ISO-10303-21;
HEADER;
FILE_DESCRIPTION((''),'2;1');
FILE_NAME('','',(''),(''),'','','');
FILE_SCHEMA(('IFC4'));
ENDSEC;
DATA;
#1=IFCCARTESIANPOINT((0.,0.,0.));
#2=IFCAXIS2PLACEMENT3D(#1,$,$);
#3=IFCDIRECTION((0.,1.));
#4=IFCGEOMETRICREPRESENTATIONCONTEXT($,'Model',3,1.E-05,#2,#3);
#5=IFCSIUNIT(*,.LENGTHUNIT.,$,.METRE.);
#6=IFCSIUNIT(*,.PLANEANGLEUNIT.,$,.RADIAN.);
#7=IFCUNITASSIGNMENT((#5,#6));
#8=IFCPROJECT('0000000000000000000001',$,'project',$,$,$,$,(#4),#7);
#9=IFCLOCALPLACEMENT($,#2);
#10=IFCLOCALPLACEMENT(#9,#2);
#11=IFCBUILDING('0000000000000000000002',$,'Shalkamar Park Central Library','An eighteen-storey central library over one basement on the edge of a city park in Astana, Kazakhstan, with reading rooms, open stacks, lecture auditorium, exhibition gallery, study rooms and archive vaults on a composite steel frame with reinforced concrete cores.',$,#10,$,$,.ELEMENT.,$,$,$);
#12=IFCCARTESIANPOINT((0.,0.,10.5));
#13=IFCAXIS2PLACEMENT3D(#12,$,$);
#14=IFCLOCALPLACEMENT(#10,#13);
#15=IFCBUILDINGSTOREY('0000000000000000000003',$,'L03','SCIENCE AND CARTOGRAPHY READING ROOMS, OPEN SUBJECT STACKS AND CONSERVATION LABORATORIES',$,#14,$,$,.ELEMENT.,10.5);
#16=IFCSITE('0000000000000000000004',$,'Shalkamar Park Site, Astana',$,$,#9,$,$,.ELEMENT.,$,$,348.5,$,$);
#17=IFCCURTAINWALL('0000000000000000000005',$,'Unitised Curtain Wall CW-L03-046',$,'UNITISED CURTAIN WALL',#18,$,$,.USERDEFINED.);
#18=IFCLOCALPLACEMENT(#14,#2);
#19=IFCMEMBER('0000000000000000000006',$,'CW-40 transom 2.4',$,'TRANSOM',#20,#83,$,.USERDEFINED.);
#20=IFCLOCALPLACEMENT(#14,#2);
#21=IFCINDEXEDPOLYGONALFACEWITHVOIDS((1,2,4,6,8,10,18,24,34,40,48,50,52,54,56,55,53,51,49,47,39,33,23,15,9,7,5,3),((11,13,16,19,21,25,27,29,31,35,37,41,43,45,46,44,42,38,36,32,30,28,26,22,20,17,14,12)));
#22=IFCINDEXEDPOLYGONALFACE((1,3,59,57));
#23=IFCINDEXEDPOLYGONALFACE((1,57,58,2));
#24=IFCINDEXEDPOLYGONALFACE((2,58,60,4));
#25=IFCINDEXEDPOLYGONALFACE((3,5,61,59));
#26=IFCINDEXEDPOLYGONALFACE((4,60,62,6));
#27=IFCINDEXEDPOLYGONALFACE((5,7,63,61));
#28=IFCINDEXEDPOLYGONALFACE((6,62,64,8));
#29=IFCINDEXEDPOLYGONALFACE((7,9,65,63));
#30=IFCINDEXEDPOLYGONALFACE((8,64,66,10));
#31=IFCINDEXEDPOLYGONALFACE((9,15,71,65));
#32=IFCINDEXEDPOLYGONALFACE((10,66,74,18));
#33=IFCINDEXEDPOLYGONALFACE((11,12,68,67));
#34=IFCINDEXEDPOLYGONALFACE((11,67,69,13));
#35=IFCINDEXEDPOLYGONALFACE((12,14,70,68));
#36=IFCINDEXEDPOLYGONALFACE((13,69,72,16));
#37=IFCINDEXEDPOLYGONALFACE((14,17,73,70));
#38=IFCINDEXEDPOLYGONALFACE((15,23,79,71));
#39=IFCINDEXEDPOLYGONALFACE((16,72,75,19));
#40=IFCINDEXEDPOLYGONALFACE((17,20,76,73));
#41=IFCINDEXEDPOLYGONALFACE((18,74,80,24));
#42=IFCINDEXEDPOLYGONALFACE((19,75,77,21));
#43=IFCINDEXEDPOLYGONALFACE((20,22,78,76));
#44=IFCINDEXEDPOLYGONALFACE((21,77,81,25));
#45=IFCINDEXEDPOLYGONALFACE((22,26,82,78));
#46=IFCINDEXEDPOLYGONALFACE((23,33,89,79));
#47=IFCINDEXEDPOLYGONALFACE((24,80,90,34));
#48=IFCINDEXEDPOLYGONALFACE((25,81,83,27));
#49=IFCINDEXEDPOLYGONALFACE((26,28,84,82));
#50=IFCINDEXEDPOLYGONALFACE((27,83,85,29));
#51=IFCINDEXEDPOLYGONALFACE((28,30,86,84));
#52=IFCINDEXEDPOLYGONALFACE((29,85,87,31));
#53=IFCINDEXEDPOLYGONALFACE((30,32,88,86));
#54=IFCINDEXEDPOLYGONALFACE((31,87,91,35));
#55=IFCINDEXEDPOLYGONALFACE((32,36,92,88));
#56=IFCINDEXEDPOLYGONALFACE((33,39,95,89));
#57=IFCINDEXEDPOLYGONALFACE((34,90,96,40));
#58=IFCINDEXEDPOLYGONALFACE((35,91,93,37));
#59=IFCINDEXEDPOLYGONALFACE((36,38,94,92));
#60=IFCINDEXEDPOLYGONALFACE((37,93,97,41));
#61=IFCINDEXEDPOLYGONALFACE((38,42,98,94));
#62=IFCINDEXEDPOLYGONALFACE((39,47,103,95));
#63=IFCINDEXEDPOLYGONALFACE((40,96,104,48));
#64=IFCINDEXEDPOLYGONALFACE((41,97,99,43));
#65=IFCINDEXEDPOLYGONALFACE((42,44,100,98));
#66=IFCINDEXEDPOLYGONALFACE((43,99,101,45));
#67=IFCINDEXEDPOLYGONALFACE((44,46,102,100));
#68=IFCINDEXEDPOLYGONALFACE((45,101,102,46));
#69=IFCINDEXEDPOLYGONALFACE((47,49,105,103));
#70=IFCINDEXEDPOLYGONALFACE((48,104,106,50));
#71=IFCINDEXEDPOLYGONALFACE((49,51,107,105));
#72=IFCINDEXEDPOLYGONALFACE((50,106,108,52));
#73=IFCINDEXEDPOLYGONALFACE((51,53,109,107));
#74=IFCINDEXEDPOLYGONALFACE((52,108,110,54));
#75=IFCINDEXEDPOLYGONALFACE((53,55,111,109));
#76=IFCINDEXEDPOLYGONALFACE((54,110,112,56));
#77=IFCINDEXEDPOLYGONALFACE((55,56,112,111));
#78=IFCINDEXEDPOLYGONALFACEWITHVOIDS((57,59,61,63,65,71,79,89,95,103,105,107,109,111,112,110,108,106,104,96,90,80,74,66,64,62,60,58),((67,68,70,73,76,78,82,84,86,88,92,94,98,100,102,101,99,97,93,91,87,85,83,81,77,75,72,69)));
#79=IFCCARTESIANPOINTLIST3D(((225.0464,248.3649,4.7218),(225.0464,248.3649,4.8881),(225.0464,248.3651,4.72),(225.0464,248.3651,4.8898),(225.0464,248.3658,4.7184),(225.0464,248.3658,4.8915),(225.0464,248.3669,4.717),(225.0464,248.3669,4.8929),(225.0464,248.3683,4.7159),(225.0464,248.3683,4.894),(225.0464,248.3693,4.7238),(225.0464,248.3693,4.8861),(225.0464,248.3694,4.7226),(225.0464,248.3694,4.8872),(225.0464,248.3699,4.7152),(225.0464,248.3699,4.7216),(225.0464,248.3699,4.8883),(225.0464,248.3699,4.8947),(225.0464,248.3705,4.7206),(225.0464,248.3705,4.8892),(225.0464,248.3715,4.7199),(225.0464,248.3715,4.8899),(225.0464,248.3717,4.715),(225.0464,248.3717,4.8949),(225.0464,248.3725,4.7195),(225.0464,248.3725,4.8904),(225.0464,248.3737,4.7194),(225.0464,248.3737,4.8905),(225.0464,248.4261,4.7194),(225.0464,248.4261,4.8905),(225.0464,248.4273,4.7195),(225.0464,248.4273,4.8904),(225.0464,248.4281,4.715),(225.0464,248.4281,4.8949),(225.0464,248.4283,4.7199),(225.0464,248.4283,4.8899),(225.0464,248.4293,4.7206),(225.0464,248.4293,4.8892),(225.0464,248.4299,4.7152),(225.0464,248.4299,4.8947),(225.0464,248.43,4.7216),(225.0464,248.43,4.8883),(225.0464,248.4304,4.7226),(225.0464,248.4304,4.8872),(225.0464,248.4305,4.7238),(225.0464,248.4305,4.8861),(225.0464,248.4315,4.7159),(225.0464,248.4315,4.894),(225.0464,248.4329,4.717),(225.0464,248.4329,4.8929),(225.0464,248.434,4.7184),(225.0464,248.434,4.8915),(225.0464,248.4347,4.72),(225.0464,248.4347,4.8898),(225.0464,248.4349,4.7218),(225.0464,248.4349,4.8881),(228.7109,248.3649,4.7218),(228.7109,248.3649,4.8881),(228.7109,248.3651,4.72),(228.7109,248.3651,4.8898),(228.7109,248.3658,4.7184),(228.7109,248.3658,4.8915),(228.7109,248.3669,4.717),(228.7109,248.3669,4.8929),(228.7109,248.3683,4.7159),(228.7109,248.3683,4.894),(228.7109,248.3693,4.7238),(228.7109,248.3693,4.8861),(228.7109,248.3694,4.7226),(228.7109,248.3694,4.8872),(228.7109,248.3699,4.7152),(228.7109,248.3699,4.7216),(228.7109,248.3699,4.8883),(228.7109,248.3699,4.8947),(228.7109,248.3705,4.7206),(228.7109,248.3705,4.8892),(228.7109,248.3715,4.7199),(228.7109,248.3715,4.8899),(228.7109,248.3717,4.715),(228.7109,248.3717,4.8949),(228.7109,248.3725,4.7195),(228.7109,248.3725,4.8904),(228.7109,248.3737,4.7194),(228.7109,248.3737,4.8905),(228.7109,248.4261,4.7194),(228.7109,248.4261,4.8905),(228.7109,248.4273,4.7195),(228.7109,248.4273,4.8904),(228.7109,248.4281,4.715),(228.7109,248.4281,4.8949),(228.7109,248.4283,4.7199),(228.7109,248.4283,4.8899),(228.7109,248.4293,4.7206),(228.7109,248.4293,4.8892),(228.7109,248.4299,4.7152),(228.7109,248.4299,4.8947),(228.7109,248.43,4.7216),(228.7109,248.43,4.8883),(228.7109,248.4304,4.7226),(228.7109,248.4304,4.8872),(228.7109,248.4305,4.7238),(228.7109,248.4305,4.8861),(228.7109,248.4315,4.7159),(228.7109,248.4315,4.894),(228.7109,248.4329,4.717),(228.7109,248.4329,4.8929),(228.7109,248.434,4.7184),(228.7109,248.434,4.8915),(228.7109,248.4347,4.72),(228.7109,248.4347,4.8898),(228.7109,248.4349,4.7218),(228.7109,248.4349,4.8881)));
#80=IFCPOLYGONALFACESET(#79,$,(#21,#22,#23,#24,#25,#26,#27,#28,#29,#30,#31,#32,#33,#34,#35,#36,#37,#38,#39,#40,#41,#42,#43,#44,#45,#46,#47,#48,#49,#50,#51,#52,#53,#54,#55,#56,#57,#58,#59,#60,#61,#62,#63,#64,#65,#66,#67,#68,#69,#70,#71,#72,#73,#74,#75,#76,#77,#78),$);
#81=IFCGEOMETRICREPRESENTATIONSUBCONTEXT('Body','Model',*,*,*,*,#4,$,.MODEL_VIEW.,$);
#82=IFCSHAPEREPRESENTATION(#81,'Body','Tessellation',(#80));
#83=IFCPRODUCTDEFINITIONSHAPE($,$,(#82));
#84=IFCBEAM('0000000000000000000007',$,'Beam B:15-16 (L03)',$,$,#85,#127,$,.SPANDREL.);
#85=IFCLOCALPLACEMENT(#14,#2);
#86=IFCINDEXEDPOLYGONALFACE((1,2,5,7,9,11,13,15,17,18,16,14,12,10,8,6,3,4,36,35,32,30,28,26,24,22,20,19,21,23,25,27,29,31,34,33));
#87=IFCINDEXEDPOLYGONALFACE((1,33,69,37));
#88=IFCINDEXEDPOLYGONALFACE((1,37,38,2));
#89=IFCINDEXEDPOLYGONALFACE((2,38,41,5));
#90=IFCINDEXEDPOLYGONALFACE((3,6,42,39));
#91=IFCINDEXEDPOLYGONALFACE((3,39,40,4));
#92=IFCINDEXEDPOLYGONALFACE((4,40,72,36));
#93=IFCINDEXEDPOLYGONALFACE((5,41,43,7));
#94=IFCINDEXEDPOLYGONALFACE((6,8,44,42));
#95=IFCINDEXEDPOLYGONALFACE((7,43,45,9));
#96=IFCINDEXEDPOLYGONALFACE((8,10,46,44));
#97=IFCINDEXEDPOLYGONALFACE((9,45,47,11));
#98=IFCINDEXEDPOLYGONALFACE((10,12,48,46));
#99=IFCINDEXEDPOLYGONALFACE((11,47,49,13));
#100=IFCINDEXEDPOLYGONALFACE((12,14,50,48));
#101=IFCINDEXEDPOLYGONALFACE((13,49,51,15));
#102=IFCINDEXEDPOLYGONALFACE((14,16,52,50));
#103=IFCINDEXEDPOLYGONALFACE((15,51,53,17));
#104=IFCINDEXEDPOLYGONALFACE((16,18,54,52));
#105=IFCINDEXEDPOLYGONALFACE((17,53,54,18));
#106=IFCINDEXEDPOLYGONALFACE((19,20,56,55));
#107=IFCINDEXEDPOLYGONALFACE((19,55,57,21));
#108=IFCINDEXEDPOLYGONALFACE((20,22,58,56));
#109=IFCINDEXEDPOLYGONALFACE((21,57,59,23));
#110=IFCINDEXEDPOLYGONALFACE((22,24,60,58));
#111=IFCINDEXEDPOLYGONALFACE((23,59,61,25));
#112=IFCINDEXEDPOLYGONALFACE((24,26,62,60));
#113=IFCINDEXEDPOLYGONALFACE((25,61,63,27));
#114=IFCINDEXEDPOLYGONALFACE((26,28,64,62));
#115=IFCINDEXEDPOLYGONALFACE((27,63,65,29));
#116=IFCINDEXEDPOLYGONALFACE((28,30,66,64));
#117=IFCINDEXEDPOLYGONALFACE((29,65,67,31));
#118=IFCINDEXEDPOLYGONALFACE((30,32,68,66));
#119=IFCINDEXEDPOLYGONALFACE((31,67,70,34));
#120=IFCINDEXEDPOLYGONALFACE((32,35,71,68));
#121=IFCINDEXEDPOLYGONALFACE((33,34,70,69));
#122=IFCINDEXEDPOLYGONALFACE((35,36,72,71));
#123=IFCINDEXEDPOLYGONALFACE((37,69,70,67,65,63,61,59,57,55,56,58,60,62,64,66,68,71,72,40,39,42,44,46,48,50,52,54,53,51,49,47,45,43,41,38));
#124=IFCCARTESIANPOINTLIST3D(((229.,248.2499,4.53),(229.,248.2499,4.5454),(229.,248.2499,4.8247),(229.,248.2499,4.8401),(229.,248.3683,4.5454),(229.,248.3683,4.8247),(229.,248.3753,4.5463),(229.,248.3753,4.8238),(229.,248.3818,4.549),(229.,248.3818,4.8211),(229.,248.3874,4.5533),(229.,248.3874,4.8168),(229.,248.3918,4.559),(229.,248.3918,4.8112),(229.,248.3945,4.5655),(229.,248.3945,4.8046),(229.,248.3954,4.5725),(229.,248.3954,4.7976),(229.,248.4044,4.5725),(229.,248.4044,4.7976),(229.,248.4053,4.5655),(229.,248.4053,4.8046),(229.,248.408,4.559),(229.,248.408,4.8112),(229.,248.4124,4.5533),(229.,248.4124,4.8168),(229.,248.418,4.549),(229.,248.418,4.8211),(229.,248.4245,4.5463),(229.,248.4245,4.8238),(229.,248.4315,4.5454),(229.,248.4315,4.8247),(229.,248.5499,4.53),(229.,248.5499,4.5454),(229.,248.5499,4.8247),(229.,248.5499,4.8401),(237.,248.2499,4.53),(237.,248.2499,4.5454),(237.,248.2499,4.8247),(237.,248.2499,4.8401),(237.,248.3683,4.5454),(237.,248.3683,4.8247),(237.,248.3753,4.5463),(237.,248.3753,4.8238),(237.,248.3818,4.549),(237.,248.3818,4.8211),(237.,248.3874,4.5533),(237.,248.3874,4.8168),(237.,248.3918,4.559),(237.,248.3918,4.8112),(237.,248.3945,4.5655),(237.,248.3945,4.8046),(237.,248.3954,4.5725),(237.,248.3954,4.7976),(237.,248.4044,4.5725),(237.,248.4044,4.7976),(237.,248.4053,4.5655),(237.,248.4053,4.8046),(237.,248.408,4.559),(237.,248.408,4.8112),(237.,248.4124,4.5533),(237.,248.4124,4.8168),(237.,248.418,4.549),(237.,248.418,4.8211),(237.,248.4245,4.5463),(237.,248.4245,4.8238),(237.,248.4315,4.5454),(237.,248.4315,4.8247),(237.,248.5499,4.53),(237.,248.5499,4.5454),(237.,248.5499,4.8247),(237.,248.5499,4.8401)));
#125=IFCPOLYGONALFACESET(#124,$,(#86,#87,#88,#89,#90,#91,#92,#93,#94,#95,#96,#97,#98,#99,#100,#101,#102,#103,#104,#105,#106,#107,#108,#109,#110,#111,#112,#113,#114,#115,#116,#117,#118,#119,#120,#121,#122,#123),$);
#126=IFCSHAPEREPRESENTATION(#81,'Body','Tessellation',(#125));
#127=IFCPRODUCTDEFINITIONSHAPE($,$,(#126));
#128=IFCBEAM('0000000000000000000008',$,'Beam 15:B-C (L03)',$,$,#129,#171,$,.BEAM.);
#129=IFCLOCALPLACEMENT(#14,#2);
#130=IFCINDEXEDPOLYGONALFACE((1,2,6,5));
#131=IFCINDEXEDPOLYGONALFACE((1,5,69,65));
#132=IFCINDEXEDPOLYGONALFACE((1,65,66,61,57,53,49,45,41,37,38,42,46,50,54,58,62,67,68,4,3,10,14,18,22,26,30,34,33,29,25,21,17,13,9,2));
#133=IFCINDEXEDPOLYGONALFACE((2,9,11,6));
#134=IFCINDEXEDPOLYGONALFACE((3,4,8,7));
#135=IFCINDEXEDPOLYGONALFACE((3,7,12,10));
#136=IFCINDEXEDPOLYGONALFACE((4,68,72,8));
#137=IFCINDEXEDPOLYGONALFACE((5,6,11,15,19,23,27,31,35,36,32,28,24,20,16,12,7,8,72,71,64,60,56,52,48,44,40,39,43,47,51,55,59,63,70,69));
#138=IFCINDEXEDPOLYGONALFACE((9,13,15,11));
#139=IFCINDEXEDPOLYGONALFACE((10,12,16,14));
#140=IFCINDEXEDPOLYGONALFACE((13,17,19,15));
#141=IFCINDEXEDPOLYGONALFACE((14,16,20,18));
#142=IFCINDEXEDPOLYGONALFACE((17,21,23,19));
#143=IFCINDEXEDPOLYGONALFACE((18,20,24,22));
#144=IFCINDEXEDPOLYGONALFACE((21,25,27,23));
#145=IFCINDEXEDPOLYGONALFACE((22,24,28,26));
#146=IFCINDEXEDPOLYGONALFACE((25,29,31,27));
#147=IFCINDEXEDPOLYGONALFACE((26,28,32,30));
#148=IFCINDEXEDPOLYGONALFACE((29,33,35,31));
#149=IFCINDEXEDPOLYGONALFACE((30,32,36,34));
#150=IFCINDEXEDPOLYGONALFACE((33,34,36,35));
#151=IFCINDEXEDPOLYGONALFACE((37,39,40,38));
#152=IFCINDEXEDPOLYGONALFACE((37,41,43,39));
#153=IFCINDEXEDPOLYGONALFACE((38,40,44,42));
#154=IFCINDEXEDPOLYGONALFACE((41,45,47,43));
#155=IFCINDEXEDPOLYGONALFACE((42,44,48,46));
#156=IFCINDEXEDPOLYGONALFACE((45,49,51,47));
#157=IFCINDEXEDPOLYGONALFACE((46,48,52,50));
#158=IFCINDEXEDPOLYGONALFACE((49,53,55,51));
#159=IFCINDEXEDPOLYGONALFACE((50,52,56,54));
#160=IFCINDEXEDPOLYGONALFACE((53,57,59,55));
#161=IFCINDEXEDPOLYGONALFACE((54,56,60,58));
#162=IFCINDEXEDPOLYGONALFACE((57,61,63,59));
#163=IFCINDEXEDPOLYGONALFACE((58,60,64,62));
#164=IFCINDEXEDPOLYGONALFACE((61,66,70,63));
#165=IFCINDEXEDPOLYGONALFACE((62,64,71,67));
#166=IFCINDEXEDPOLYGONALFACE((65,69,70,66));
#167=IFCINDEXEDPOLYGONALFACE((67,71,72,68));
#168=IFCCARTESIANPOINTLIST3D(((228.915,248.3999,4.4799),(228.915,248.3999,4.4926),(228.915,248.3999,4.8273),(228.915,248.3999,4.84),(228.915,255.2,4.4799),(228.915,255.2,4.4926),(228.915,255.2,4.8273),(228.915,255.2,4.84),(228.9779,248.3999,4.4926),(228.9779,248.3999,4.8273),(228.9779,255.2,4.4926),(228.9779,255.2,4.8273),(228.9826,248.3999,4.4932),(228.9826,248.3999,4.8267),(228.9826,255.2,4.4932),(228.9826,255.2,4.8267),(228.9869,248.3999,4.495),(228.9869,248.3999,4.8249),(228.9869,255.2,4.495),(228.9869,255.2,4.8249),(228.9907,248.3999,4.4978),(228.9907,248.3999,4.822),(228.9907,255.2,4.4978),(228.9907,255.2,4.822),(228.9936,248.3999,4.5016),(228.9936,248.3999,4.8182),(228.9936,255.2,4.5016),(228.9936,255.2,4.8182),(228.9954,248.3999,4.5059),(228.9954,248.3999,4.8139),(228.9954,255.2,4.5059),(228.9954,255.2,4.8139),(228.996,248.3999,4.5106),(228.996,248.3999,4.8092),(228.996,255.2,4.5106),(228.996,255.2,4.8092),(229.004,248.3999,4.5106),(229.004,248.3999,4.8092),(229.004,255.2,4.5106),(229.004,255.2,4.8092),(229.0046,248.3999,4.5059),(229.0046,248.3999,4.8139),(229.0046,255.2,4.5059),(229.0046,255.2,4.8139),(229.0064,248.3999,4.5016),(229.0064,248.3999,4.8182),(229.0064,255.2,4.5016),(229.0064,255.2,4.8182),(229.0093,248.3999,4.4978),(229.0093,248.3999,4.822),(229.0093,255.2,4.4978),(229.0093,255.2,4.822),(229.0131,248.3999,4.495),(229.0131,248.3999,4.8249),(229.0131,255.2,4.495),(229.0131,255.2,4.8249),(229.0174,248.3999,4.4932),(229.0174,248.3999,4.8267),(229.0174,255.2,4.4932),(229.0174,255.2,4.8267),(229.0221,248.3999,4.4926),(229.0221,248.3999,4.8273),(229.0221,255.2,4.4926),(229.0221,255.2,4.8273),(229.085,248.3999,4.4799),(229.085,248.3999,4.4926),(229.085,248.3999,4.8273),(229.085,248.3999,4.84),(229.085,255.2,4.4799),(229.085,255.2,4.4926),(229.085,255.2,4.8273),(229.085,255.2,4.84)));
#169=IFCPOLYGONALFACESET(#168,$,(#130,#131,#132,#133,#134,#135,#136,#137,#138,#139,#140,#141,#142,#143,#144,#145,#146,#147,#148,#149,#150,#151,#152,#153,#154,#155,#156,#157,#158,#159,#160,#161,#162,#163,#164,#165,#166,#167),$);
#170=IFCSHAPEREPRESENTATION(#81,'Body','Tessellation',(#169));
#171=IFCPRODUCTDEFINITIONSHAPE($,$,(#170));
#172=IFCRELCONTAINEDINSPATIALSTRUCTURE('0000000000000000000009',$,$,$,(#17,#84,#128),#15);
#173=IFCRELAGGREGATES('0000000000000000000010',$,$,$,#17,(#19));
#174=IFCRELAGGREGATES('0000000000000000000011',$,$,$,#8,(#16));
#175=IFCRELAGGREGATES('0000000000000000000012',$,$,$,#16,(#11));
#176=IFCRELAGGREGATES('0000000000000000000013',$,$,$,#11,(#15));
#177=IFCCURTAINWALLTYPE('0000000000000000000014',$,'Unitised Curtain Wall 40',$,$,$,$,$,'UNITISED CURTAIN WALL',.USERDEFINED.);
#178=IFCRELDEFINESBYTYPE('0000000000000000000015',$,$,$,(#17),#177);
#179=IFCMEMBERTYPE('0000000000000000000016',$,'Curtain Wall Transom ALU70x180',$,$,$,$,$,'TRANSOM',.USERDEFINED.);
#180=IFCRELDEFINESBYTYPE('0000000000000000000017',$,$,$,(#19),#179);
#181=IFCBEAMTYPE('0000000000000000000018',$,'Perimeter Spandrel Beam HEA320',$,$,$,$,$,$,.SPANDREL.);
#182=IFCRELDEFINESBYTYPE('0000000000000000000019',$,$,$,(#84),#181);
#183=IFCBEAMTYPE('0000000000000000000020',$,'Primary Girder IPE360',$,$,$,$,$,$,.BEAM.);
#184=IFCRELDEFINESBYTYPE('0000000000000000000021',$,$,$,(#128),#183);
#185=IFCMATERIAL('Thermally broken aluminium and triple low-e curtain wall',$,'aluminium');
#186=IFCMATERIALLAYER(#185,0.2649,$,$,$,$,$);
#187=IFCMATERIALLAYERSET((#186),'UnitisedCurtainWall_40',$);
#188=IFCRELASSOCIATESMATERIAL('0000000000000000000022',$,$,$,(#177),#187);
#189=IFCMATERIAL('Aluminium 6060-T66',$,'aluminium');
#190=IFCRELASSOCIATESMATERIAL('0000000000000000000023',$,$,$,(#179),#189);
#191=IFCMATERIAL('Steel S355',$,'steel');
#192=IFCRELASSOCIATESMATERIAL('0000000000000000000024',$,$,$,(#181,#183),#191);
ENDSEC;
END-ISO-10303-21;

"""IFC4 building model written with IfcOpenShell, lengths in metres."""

from ifc_helpers import new_model, si_unit, direction, frame, origin, origin_2d, place, context, subcontext, project, spatial, hollow_rectangle, i_section, extrude, material, layer, layer_set, material_profile, profile_set, type_object, element, aggregate, save


model = new_model("IFC4")

# Units and contexts
model_context = context("Model", 3, precision=1e-05, world=origin(), true_north=direction((0.0, 1.0)))
body_context = subcontext(model_context, "Body", "Model", "MODEL_VIEW")
ifc_project = project(units=[si_unit("LENGTHUNIT", "METRE"), si_unit("PLANEANGLEUNIT", "RADIAN")], contexts=[model_context])

# Site, building, storey
site_placement = place(None, origin())
site = spatial("IfcSite", under=ifc_project, at=site_placement, Name="Shalkamar Park Site, Astana", CompositionType="ELEMENT", RefElevation=348.5)
building_placement = place(site_placement, origin())
building = spatial("IfcBuilding", under=site, at=building_placement, Name="Shalkamar Park Central Library", Description="An eighteen-storey central library over one basement on the edge of a city park in Astana, Kazakhstan, with reading rooms, open stacks, lecture auditorium, exhibition gallery, study rooms and archive vaults on a composite steel frame with reinforced concrete cores.", CompositionType="ELEMENT")
storey_placement = place(building_placement, frame((0.0, 0.0, 10.5)))
storey = spatial("IfcBuildingStorey", under=building, at=storey_placement, Name="L03", Description="SCIENCE AND CARTOGRAPHY READING ROOMS, OPEN SUBJECT STACKS AND CONSERVATION LABORATORIES", CompositionType="ELEMENT", Elevation=10.5)

# Shared definitions
ifc_material_1 = material(Name="Steel S355", Category="steel")

# Curtain wall, member
ifc_material_2 = material(Name="Thermally broken aluminium and triple low-e curtain wall", Category="aluminium")
ifc_layer_1 = layer(ifc_material_2, 0.2649)
ifc_layer_set_1 = layer_set([ifc_layer_1], Name="UnitisedCurtainWall_40")
curtain_wall_type = type_object("IfcCurtainWallType", Name="Unitised Curtain Wall 40", ElementType="UNITISED CURTAIN WALL", PredefinedType="USERDEFINED", material=ifc_layer_set_1)
curtain_wall_placement = place(storey_placement, origin())
curtain_wall = element("IfcCurtainWall", 1, at=curtain_wall_placement, inside=storey, type_object=curtain_wall_type, Name="Unitised Curtain Wall CW-L03-046", ObjectType="UNITISED CURTAIN WALL", PredefinedType="USERDEFINED")
ifc_material_3 = material(Name="Aluminium 6060-T66", Category="aluminium")
ifc_material_profile_1 = material_profile(ifc_material_3, hollow_rectangle(XDim=0.0701, YDim=0.1799, WallThickness=0.0044, InnerFilletRadius=0.0044, OuterFilletRadius=0.0068, at=origin_2d()), Name="ALU 70x180x4.5")
ifc_profile_set_1 = profile_set([ifc_material_profile_1], Name="Aluminium 6060-T66")
member_type_1 = type_object("IfcMemberType", Name="Curtain Wall Transom ALU70x180", ElementType="TRANSOM", PredefinedType="USERDEFINED", material=ifc_profile_set_1)
member_1_placement = place(storey_placement, frame((225.0464, 248.3999, 4.8049), z_axis=(1.0, 0.0, 0.0), x_axis=(0.0, 1.0, 0.0)))
member_1 = element("IfcMember", 2, at=member_1_placement, type_object=member_type_1, Name="CW-40 transom 2.4", ObjectType="TRANSOM", PredefinedType="USERDEFINED", context=body_context, shape_type="SweptSolid", body=[
    extrude(hollow_rectangle(XDim=0.0701, YDim=0.1799, WallThickness=0.0044, InnerFilletRadius=0.0044, OuterFilletRadius=0.0068, at=origin_2d()), origin(), (0.0, 0.0, 1.0), 3.6646),
])

# Beams
ifc_material_profile_2 = material_profile(ifc_material_1, i_section(OverallWidth=0.3, OverallDepth=0.3101, WebThickness=0.009, FlangeThickness=0.0154, FilletRadius=0.0271, at=origin_2d()), Name="HEA 320")
ifc_profile_set_2 = profile_set([ifc_material_profile_2], Name="Steel S355")
beam_type_1 = type_object("IfcBeamType", Name="Perimeter Spandrel Beam HEA320", PredefinedType="SPANDREL", material=ifc_profile_set_2)
beam_1_placement = place(storey_placement, frame((229.0, 248.3999, 4.6851), z_axis=(1.0, 0.0, 0.0), x_axis=(0.0, 1.0, 0.0)))
element("IfcBeam", 3, at=beam_1_placement, inside=storey, type_object=beam_type_1, Name="Beam B:15-16 (L03)", PredefinedType="SPANDREL", context=body_context, shape_type="SweptSolid", body=[
    extrude(i_section(OverallWidth=0.3, OverallDepth=0.3101, WebThickness=0.009, FlangeThickness=0.0154, FilletRadius=0.0271, at=origin_2d()), origin(), (0.0, 0.0, 1.0), 8.0),
])
ifc_material_profile_3 = material_profile(ifc_material_1, i_section(OverallWidth=0.1699, OverallDepth=0.3601, WebThickness=0.0081, FlangeThickness=0.0127, FilletRadius=0.0181, at=origin_2d()), Name="IPE 360")
ifc_profile_set_3 = profile_set([ifc_material_profile_3], Name="Steel S355")
beam_type_2 = type_object("IfcBeamType", Name="Primary Girder IPE360", PredefinedType="BEAM", material=ifc_profile_set_3)
beam_2_placement = place(storey_placement, frame((229.0, 248.3999, 4.6599), z_axis=(0.0, 1.0, 0.0), x_axis=(-1.0, 0.0, 0.0)))
element("IfcBeam", 4, at=beam_2_placement, inside=storey, type_object=beam_type_2, Name="Beam 15:B-C (L03)", PredefinedType="BEAM", context=body_context, shape_type="SweptSolid", body=[
    extrude(i_section(OverallWidth=0.1699, OverallDepth=0.3601, WebThickness=0.0081, FlangeThickness=0.0127, FilletRadius=0.0181, at=origin_2d()), origin(), (0.0, 0.0, 1.0), 6.8),
])

aggregate(curtain_wall, [member_1])

save(model, "model.ifc")
